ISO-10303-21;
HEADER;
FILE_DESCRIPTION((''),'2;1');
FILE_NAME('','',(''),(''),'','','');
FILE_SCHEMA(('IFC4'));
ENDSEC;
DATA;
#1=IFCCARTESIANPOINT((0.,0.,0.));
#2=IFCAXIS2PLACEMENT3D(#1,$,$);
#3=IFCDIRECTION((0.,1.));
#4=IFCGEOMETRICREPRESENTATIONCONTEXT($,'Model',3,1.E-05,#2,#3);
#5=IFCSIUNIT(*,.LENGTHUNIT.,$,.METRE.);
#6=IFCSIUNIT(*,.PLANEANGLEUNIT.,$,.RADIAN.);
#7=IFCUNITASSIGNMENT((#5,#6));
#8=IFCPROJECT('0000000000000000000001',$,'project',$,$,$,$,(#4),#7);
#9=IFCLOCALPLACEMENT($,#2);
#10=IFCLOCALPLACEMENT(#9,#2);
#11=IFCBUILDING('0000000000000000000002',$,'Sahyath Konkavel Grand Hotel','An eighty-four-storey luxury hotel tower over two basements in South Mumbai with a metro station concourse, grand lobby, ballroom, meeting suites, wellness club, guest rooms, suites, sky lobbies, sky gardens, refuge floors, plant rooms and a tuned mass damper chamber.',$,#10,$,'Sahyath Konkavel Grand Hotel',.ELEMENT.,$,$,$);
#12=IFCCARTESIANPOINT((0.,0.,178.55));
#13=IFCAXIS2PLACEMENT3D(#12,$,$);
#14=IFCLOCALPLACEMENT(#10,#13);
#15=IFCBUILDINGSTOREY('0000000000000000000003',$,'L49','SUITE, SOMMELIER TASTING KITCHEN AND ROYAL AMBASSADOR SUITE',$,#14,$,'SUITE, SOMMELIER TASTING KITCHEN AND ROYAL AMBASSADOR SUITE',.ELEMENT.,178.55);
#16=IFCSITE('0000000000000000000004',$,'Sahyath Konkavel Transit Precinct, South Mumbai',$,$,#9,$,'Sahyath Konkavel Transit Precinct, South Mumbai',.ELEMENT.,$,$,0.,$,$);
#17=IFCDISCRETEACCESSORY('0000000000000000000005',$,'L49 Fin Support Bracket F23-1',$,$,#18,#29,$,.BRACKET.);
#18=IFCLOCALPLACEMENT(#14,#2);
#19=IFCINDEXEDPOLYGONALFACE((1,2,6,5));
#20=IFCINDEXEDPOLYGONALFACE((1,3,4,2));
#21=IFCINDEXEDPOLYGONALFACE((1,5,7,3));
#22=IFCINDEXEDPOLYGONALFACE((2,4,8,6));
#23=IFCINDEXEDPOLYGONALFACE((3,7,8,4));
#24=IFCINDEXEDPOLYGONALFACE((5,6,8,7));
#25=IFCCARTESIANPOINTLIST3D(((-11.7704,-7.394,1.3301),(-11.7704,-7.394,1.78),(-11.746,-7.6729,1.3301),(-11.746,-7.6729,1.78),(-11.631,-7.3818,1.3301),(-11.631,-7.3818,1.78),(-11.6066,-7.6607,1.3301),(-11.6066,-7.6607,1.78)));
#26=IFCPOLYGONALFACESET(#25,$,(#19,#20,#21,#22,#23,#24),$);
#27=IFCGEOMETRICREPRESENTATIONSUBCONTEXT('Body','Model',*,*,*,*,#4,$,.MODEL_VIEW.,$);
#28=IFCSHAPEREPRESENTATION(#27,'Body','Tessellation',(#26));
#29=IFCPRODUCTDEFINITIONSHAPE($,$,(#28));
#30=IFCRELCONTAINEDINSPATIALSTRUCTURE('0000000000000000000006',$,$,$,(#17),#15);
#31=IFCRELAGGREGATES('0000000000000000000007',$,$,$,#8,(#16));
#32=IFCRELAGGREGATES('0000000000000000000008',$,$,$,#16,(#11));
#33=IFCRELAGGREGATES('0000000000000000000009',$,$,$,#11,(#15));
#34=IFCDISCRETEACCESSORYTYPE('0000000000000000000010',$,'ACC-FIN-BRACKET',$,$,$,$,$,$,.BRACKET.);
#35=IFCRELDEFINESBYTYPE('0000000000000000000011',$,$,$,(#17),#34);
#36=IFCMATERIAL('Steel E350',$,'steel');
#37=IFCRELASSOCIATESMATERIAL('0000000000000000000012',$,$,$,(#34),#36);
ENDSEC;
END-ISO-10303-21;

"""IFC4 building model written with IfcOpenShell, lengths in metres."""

from ifc_helpers import new_model, si_unit, direction, frame, origin, origin_2d, place, context, subcontext, project, spatial, rectangle, extrude, source, transform, mapped, material, type_object, element, save


model = new_model("IFC4")

# Units and contexts
model_context = context("Model", 3, precision=1e-05, world=origin(), true_north=direction((0.0, 1.0)))
body_context = subcontext(model_context, "Body", "Model", "MODEL_VIEW")
ifc_project = project(units=[si_unit("LENGTHUNIT", "METRE"), si_unit("PLANEANGLEUNIT", "RADIAN")], contexts=[model_context])

# Site, building, storey
site_placement = place(None, origin())
site = spatial("IfcSite", under=ifc_project, at=site_placement, Name="Sahyath Konkavel Transit Precinct, South Mumbai", LongName="Sahyath Konkavel Transit Precinct, South Mumbai", CompositionType="ELEMENT", RefElevation=0.0)
building_placement = place(site_placement, origin())
building = spatial("IfcBuilding", under=site, at=building_placement, Name="Sahyath Konkavel Grand Hotel", Description="An eighty-four-storey luxury hotel tower over two basements in South Mumbai with a metro station concourse, grand lobby, ballroom, meeting suites, wellness club, guest rooms, suites, sky lobbies, sky gardens, refuge floors, plant rooms and a tuned mass damper chamber.", LongName="Sahyath Konkavel Grand Hotel", CompositionType="ELEMENT")
storey_placement = place(building_placement, frame((0.0, 0.0, 178.55)))
storey = spatial("IfcBuildingStorey", under=building, at=storey_placement, Name="L49", Description="SUITE, SOMMELIER TASTING KITCHEN AND ROYAL AMBASSADOR SUITE", LongName="SUITE, SOMMELIER TASTING KITCHEN AND ROYAL AMBASSADOR SUITE", CompositionType="ELEMENT", Elevation=178.55)

# Shared definitions
ifc_material_1 = material(Name="Steel E350", Category="steel")

# Discrete accessory
discrete_accessory_type = type_object("IfcDiscreteAccessoryType", Name="ACC-FIN-BRACKET", PredefinedType="BRACKET", material=ifc_material_1)
shared_shape_1 = source(origin(), body_context, "Body", "SweptSolid", [
    extrude(rectangle(XDim=0.28, YDim=0.1399, at=origin_2d()), origin(), (0.0, 0.0, 1.0), 0.45),
])
discrete_accessory_placement = place(storey_placement, frame((-11.6885, -7.5273, 1.3301), z_axis=(0.0, 0.0, 1.0), x_axis=(0.087156, -0.996195, 0.0)))
element("IfcDiscreteAccessory", 1, at=discrete_accessory_placement, inside=storey, type_object=discrete_accessory_type, Name="L49 Fin Support Bracket F23-1", PredefinedType="BRACKET", context=body_context, shape_type="MappedRepresentation", body=[
    mapped(shared_shape_1, transform((0.0, 0.0, 0.0), scale=1.0)),
])

save(model, "model.ifc")
